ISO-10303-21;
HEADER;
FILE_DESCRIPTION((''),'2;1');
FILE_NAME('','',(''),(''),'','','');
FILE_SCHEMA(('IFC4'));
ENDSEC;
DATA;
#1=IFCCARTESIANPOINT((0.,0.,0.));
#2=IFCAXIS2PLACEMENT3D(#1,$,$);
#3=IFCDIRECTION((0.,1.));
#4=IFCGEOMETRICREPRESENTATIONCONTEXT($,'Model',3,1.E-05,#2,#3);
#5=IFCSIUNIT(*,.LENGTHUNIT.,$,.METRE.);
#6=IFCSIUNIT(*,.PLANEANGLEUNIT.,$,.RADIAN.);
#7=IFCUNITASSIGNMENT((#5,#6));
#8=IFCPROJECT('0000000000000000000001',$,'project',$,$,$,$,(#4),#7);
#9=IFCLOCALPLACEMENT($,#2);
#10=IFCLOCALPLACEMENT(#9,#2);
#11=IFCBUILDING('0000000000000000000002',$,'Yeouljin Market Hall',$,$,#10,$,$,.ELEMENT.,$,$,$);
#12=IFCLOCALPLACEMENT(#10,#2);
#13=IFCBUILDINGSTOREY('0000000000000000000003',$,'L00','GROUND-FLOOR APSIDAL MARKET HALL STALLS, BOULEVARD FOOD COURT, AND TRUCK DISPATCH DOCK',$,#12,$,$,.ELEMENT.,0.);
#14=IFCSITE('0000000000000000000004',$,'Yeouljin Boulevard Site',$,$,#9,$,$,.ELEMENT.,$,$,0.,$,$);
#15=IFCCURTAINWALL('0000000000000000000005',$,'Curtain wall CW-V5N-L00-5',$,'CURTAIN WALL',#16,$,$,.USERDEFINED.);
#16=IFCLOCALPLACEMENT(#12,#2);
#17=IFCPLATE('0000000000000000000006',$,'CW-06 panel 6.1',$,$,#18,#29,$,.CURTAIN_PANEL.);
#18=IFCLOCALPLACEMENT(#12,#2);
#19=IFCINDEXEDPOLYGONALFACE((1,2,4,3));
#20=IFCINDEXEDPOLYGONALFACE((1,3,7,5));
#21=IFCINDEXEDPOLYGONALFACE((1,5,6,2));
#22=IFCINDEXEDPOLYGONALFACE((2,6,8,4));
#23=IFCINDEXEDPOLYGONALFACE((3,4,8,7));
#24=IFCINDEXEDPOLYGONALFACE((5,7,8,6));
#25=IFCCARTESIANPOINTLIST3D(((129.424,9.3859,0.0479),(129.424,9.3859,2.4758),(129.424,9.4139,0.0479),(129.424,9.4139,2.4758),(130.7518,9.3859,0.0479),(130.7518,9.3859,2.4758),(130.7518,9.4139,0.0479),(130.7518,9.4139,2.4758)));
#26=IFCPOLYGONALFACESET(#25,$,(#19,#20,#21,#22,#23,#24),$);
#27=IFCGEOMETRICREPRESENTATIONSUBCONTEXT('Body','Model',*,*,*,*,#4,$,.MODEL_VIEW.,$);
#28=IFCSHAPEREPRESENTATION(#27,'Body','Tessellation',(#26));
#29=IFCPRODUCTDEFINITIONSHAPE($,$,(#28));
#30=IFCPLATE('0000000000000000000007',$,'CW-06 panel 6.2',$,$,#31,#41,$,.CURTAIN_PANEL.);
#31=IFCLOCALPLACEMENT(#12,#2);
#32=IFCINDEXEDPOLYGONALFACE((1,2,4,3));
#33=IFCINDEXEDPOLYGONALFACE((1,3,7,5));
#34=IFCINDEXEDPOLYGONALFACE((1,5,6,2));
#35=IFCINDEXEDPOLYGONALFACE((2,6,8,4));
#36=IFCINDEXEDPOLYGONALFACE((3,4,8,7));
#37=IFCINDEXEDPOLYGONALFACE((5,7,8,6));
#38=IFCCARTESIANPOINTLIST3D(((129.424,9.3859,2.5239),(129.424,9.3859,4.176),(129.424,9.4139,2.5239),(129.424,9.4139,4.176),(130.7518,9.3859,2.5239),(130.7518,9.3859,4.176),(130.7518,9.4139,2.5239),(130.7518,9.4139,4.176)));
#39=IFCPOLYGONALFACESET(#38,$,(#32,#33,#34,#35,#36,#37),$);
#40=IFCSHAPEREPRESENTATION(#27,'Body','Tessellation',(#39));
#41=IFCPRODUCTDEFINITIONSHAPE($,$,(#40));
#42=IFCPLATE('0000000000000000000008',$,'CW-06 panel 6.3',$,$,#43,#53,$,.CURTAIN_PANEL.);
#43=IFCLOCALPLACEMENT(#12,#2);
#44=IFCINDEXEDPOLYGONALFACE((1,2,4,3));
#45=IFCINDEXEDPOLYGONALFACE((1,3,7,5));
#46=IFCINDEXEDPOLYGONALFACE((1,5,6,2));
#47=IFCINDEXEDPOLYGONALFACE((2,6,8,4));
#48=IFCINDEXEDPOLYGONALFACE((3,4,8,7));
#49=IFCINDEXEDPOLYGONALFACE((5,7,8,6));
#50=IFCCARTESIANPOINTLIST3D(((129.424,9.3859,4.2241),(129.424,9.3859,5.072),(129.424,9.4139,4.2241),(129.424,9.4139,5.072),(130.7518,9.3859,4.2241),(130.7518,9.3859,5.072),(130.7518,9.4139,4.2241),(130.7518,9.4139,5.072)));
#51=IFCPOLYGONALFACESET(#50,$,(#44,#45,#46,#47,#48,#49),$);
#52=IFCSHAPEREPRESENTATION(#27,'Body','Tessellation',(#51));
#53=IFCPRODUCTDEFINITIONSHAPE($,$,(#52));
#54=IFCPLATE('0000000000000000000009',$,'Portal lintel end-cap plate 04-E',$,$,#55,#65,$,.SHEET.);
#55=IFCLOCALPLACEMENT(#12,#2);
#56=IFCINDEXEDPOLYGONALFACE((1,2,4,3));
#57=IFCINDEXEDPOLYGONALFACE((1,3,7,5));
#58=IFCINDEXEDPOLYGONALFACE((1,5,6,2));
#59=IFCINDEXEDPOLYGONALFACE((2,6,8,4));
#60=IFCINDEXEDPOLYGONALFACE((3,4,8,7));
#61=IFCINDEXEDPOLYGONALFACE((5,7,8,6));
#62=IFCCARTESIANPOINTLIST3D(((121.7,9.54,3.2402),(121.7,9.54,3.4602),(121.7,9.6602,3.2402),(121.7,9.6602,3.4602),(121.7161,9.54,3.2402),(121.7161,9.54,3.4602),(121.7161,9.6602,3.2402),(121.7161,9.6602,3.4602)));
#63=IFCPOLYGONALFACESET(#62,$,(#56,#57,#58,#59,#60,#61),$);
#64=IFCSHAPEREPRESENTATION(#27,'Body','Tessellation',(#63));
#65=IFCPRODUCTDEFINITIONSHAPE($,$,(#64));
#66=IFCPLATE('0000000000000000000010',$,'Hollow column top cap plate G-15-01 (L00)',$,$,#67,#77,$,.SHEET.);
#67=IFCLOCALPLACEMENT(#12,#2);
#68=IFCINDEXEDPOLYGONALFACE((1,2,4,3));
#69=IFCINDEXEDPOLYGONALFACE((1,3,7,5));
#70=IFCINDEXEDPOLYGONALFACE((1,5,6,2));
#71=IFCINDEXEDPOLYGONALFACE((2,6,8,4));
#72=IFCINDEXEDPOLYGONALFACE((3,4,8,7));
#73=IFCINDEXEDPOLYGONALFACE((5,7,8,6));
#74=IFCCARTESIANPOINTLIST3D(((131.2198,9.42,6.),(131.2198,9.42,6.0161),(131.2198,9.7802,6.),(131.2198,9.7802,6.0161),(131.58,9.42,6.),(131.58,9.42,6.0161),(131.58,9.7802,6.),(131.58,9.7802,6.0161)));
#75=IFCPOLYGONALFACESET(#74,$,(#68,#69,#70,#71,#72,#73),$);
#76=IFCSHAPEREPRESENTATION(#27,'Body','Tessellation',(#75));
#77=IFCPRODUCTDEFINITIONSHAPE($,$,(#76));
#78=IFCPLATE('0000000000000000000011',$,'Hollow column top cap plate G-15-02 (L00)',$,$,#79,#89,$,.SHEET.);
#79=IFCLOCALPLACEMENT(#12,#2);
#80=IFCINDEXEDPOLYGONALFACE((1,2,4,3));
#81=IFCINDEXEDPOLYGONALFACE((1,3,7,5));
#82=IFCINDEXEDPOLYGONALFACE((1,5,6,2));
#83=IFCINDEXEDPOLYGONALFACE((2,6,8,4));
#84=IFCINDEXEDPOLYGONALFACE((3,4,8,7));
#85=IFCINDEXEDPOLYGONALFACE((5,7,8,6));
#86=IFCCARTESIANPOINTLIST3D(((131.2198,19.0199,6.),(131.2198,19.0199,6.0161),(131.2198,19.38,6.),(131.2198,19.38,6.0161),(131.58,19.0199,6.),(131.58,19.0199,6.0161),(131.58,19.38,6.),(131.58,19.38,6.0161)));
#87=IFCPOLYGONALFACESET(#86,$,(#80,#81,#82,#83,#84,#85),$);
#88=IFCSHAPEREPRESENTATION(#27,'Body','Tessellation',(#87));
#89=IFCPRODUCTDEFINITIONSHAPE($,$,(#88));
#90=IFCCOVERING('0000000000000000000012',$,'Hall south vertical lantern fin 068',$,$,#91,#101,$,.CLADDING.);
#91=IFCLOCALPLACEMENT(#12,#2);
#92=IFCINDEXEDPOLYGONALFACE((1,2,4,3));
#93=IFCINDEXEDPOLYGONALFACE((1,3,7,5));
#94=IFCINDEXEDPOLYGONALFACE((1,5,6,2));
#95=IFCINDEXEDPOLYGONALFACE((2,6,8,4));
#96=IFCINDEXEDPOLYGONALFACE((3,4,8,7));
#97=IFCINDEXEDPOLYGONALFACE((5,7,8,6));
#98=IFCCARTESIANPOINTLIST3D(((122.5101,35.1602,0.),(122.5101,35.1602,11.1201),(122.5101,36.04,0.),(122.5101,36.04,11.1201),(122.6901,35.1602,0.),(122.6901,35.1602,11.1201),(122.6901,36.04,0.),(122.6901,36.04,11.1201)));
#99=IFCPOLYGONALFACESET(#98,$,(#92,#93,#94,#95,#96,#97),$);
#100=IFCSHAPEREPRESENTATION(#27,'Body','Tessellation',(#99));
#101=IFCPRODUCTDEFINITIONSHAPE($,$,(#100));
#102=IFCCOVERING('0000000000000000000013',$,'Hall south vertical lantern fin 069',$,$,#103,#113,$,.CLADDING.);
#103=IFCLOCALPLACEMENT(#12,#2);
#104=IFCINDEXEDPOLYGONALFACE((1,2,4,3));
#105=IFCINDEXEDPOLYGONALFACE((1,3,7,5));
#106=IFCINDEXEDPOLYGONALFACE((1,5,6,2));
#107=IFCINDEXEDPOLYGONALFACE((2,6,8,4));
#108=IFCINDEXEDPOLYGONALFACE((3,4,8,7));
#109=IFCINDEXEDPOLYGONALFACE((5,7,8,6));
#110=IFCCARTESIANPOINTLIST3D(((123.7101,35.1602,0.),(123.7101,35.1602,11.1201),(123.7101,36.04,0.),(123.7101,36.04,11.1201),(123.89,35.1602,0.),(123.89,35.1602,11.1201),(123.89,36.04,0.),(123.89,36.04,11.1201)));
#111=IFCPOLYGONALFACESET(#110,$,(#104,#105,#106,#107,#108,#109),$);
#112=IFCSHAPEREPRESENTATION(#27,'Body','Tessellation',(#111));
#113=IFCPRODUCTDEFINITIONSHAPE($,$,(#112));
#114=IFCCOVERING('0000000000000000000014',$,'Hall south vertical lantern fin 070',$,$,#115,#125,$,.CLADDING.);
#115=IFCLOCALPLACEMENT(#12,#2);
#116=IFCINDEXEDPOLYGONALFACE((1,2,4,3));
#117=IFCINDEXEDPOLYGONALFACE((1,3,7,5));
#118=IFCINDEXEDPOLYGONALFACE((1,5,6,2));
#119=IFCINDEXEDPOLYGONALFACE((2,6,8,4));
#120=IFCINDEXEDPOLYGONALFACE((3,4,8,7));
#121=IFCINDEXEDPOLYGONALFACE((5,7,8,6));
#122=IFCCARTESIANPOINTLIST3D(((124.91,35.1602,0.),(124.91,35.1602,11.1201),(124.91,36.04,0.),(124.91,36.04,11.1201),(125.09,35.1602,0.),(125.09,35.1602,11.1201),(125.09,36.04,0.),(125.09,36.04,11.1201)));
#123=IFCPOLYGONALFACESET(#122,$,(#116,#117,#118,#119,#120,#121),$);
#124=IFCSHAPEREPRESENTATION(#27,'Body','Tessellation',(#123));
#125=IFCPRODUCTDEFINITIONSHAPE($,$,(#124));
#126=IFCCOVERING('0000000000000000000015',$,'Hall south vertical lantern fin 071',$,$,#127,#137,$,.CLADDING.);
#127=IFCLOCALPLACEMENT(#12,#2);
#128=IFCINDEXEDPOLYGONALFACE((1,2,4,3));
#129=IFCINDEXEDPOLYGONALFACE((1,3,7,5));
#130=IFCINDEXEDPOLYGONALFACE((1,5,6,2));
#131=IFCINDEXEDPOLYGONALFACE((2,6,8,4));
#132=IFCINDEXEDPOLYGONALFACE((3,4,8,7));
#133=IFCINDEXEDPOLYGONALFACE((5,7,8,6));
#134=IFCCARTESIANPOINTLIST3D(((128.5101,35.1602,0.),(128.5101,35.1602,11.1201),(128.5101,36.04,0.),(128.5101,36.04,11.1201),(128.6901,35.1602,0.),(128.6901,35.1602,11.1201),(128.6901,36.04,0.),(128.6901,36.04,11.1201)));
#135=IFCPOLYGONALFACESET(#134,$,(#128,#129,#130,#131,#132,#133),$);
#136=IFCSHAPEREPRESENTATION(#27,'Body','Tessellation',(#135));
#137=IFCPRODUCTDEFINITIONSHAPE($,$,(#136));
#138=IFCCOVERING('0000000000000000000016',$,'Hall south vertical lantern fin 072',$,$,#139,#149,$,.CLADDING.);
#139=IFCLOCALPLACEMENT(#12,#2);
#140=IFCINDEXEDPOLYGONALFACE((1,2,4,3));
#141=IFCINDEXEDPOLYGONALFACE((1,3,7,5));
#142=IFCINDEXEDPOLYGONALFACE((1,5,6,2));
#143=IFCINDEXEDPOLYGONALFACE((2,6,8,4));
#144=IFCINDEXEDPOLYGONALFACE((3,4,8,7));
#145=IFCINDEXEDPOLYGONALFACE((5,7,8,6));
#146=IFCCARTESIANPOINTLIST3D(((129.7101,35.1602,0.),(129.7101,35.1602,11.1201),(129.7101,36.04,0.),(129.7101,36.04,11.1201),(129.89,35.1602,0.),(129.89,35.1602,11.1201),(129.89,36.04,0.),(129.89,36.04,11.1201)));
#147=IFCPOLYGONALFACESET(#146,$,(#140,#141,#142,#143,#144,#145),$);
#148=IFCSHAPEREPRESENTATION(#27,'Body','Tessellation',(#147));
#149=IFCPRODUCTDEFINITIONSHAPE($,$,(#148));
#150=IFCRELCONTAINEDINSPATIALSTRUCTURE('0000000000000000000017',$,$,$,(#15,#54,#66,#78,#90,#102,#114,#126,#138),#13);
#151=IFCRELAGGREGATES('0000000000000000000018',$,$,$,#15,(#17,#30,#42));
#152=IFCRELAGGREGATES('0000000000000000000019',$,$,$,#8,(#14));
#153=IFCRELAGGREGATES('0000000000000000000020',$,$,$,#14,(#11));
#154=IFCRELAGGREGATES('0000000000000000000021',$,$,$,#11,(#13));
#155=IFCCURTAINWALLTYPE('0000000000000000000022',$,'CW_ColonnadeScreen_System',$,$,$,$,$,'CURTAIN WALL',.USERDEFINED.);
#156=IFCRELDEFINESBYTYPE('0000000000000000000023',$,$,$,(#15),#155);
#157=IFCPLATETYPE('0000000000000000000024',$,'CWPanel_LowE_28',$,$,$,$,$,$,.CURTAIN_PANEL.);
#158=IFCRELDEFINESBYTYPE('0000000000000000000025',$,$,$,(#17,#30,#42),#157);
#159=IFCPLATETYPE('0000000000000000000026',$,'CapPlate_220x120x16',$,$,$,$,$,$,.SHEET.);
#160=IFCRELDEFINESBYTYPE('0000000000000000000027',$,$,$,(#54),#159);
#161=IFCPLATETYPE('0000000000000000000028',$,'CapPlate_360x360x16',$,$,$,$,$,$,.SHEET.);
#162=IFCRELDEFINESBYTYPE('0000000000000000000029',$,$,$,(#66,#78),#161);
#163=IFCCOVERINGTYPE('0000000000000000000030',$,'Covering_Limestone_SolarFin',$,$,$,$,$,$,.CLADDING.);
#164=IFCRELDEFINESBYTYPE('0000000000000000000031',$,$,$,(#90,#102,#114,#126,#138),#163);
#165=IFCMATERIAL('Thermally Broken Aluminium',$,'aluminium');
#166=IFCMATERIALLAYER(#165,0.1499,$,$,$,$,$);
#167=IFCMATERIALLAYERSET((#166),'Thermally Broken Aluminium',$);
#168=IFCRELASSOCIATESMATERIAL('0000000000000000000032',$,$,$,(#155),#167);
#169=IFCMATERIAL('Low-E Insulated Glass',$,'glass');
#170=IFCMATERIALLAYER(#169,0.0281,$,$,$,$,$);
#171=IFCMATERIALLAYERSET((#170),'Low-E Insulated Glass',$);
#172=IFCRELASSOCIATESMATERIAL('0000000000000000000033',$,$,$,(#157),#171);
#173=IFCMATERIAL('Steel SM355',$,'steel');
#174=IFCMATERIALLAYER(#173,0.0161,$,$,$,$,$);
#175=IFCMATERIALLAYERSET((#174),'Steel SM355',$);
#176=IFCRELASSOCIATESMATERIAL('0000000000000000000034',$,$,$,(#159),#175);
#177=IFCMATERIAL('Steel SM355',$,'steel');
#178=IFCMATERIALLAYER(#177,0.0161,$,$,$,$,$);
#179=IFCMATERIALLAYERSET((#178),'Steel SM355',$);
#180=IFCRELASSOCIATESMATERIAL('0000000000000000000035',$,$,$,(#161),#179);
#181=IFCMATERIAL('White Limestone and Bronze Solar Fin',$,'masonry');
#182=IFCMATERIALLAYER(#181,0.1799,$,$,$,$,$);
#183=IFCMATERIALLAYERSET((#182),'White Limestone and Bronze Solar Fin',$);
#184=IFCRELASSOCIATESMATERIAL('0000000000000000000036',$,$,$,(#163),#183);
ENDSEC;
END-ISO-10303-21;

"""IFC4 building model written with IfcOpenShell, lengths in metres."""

from ifc_helpers import new_model, si_unit, direction, frame, origin, origin_2d, place, context, subcontext, project, spatial, rectangle, extrude, material, layer, layer_set, type_object, element, aggregate, save


model = new_model("IFC4")

# Units and contexts
model_context = context("Model", 3, precision=1e-05, world=origin(), true_north=direction((0.0, 1.0)))
body_context = subcontext(model_context, "Body", "Model", "MODEL_VIEW")
ifc_project = project(units=[si_unit("LENGTHUNIT", "METRE"), si_unit("PLANEANGLEUNIT", "RADIAN")], contexts=[model_context])

# Site, building, storey
site_placement = place(None, origin())
site = spatial("IfcSite", under=ifc_project, at=site_placement, Name="Yeouljin Boulevard Site", CompositionType="ELEMENT", RefElevation=0.0)
building_placement = place(site_placement, origin())
building = spatial("IfcBuilding", under=site, at=building_placement, Name="Yeouljin Market Hall", CompositionType="ELEMENT")
storey_placement = place(building_placement, origin())
storey = spatial("IfcBuildingStorey", under=building, at=storey_placement, Name="L00", Description="GROUND-FLOOR APSIDAL MARKET HALL STALLS, BOULEVARD FOOD COURT, AND TRUCK DISPATCH DOCK", CompositionType="ELEMENT", Elevation=0.0)

# Curtain wall
ifc_material_1 = material(Name="Thermally Broken Aluminium", Category="aluminium")
ifc_layer_1 = layer(ifc_material_1, 0.1499)
ifc_layer_set_1 = layer_set([ifc_layer_1], Name="Thermally Broken Aluminium")
curtain_wall_type = type_object("IfcCurtainWallType", Name="CW_ColonnadeScreen_System", ElementType="CURTAIN WALL", PredefinedType="USERDEFINED", material=ifc_layer_set_1)
curtain_wall_placement = place(storey_placement, origin())
curtain_wall = element("IfcCurtainWall", 1, at=curtain_wall_placement, inside=storey, type_object=curtain_wall_type, Name="Curtain wall CW-V5N-L00-5", ObjectType="CURTAIN WALL", PredefinedType="USERDEFINED")

# Plates
ifc_material_2 = material(Name="Low-E Insulated Glass", Category="glass")
ifc_layer_2 = layer(ifc_material_2, 0.0281)
ifc_layer_set_2 = layer_set([ifc_layer_2], Name="Low-E Insulated Glass")
plate_type_1 = type_object("IfcPlateType", Name="CWPanel_LowE_28", PredefinedType="CURTAIN_PANEL", material=ifc_layer_set_2)
plate_1_placement = place(storey_placement, frame((130.0879, 9.3999, 0.0479), z_axis=(0.0, 0.0, 1.0), x_axis=(1.0, 0.0, 0.0)))
plate_1 = element("IfcPlate", 2, at=plate_1_placement, type_object=plate_type_1, Name="CW-06 panel 6.1", PredefinedType="CURTAIN_PANEL", context=body_context, shape_type="SweptSolid", body=[
    extrude(rectangle(XDim=1.3279, YDim=0.0281, at=origin_2d()), origin(), (0.0, 0.0, 1.0), 2.428),
])
plate_2_placement = place(storey_placement, frame((130.0879, 9.3999, 2.5239), z_axis=(0.0, 0.0, 1.0), x_axis=(1.0, 0.0, 0.0)))
plate_2 = element("IfcPlate", 3, at=plate_2_placement, type_object=plate_type_1, Name="CW-06 panel 6.2", PredefinedType="CURTAIN_PANEL", context=body_context, shape_type="SweptSolid", body=[
    extrude(rectangle(XDim=1.3279, YDim=0.0281, at=origin_2d()), origin(), (0.0, 0.0, 1.0), 1.6521),
])
plate_3_placement = place(storey_placement, frame((130.0879, 9.3999, 4.2241), z_axis=(0.0, 0.0, 1.0), x_axis=(1.0, 0.0, 0.0)))
plate_3 = element("IfcPlate", 4, at=plate_3_placement, type_object=plate_type_1, Name="CW-06 panel 6.3", PredefinedType="CURTAIN_PANEL", context=body_context, shape_type="SweptSolid", body=[
    extrude(rectangle(XDim=1.3279, YDim=0.0281, at=origin_2d()), origin(), (0.0, 0.0, 1.0), 0.8479),
])
aggregate(curtain_wall, [plate_1, plate_2, plate_3])

# Plates
ifc_material_3 = material(Name="Steel SM355", Category="steel")
ifc_layer_3 = layer(ifc_material_3, 0.0161)
ifc_layer_set_3 = layer_set([ifc_layer_3], Name="Steel SM355")
plate_type_2 = type_object("IfcPlateType", Name="CapPlate_220x120x16", PredefinedType="SHEET", material=ifc_layer_set_3)
plate_4_placement = place(storey_placement, frame((121.708, 9.6001, 3.2402), z_axis=(0.0, 0.0, 1.0), x_axis=(0.0, 1.0, 0.0)))
element("IfcPlate", 5, at=plate_4_placement, inside=storey, type_object=plate_type_2, Name="Portal lintel end-cap plate 04-E", PredefinedType="SHEET", context=body_context, shape_type="SweptSolid", body=[
    extrude(rectangle(XDim=0.1201, YDim=0.0161, at=origin_2d()), origin(), (0.0, 0.0, 1.0), 0.22),
])
ifc_material_4 = material(Name="Steel SM355", Category="steel")
ifc_layer_4 = layer(ifc_material_4, 0.0161)
ifc_layer_set_4 = layer_set([ifc_layer_4], Name="Steel SM355")
plate_type_3 = type_object("IfcPlateType", Name="CapPlate_360x360x16", PredefinedType="SHEET", material=ifc_layer_set_4)
for number, where, z_axis, x_axis, name in (
    (6, (131.3999, 9.6001, 6.0), (0.0, 0.0, 1.0), (1.0, 0.0, 0.0), "Hollow column top cap plate G-15-01 (L00)"),
    (7, (131.3999, 19.2, 6.0), (0.0, 0.0, 1.0), (1.0, 0.0, 0.0), "Hollow column top cap plate G-15-02 (L00)"),
):
    element("IfcPlate", number, at=place(storey_placement, frame(where, z_axis=z_axis, x_axis=x_axis)), inside=storey, type_object=plate_type_3, Name=name, PredefinedType="SHEET", context=body_context, shape_type="SweptSolid", body=[
        extrude(rectangle(XDim=0.3601, YDim=0.3601, at=origin_2d()), origin(), (0.0, 0.0, 1.0), 0.0161),
    ])

# Coverings
ifc_material_5 = material(Name="White Limestone and Bronze Solar Fin", Category="masonry")
ifc_layer_5 = layer(ifc_material_5, 0.1799)
ifc_layer_set_5 = layer_set([ifc_layer_5], Name="White Limestone and Bronze Solar Fin")
covering_type = type_object("IfcCoveringType", Name="Covering_Limestone_SolarFin", PredefinedType="CLADDING", material=ifc_layer_set_5)
for number, where, z_axis, x_axis, name in (
    (8, (122.6001, 35.6001, 0.0), (0.0, 0.0, 1.0), (1.0, 0.0, 0.0), "Hall south vertical lantern fin 068"),
    (9, (123.8, 35.6001, 0.0), (0.0, 0.0, 1.0), (1.0, 0.0, 0.0), "Hall south vertical lantern fin 069"),
    (10, (125.0, 35.6001, 0.0), (0.0, 0.0, 1.0), (1.0, 0.0, 0.0), "Hall south vertical lantern fin 070"),
    (11, (128.6001, 35.6001, 0.0), (0.0, 0.0, 1.0), (1.0, 0.0, 0.0), "Hall south vertical lantern fin 071"),
    (12, (129.8, 35.6001, 0.0), (0.0, 0.0, 1.0), (1.0, 0.0, 0.0), "Hall south vertical lantern fin 072"),
):
    element("IfcCovering", number, at=place(storey_placement, frame(where, z_axis=z_axis, x_axis=x_axis)), inside=storey, type_object=covering_type, Name=name, PredefinedType="CLADDING", context=body_context, shape_type="SweptSolid", body=[
        extrude(rectangle(XDim=0.1799, YDim=0.8799, at=origin_2d()), origin(), (0.0, 0.0, 1.0), 11.1201),
    ])

save(model, "model.ifc")
